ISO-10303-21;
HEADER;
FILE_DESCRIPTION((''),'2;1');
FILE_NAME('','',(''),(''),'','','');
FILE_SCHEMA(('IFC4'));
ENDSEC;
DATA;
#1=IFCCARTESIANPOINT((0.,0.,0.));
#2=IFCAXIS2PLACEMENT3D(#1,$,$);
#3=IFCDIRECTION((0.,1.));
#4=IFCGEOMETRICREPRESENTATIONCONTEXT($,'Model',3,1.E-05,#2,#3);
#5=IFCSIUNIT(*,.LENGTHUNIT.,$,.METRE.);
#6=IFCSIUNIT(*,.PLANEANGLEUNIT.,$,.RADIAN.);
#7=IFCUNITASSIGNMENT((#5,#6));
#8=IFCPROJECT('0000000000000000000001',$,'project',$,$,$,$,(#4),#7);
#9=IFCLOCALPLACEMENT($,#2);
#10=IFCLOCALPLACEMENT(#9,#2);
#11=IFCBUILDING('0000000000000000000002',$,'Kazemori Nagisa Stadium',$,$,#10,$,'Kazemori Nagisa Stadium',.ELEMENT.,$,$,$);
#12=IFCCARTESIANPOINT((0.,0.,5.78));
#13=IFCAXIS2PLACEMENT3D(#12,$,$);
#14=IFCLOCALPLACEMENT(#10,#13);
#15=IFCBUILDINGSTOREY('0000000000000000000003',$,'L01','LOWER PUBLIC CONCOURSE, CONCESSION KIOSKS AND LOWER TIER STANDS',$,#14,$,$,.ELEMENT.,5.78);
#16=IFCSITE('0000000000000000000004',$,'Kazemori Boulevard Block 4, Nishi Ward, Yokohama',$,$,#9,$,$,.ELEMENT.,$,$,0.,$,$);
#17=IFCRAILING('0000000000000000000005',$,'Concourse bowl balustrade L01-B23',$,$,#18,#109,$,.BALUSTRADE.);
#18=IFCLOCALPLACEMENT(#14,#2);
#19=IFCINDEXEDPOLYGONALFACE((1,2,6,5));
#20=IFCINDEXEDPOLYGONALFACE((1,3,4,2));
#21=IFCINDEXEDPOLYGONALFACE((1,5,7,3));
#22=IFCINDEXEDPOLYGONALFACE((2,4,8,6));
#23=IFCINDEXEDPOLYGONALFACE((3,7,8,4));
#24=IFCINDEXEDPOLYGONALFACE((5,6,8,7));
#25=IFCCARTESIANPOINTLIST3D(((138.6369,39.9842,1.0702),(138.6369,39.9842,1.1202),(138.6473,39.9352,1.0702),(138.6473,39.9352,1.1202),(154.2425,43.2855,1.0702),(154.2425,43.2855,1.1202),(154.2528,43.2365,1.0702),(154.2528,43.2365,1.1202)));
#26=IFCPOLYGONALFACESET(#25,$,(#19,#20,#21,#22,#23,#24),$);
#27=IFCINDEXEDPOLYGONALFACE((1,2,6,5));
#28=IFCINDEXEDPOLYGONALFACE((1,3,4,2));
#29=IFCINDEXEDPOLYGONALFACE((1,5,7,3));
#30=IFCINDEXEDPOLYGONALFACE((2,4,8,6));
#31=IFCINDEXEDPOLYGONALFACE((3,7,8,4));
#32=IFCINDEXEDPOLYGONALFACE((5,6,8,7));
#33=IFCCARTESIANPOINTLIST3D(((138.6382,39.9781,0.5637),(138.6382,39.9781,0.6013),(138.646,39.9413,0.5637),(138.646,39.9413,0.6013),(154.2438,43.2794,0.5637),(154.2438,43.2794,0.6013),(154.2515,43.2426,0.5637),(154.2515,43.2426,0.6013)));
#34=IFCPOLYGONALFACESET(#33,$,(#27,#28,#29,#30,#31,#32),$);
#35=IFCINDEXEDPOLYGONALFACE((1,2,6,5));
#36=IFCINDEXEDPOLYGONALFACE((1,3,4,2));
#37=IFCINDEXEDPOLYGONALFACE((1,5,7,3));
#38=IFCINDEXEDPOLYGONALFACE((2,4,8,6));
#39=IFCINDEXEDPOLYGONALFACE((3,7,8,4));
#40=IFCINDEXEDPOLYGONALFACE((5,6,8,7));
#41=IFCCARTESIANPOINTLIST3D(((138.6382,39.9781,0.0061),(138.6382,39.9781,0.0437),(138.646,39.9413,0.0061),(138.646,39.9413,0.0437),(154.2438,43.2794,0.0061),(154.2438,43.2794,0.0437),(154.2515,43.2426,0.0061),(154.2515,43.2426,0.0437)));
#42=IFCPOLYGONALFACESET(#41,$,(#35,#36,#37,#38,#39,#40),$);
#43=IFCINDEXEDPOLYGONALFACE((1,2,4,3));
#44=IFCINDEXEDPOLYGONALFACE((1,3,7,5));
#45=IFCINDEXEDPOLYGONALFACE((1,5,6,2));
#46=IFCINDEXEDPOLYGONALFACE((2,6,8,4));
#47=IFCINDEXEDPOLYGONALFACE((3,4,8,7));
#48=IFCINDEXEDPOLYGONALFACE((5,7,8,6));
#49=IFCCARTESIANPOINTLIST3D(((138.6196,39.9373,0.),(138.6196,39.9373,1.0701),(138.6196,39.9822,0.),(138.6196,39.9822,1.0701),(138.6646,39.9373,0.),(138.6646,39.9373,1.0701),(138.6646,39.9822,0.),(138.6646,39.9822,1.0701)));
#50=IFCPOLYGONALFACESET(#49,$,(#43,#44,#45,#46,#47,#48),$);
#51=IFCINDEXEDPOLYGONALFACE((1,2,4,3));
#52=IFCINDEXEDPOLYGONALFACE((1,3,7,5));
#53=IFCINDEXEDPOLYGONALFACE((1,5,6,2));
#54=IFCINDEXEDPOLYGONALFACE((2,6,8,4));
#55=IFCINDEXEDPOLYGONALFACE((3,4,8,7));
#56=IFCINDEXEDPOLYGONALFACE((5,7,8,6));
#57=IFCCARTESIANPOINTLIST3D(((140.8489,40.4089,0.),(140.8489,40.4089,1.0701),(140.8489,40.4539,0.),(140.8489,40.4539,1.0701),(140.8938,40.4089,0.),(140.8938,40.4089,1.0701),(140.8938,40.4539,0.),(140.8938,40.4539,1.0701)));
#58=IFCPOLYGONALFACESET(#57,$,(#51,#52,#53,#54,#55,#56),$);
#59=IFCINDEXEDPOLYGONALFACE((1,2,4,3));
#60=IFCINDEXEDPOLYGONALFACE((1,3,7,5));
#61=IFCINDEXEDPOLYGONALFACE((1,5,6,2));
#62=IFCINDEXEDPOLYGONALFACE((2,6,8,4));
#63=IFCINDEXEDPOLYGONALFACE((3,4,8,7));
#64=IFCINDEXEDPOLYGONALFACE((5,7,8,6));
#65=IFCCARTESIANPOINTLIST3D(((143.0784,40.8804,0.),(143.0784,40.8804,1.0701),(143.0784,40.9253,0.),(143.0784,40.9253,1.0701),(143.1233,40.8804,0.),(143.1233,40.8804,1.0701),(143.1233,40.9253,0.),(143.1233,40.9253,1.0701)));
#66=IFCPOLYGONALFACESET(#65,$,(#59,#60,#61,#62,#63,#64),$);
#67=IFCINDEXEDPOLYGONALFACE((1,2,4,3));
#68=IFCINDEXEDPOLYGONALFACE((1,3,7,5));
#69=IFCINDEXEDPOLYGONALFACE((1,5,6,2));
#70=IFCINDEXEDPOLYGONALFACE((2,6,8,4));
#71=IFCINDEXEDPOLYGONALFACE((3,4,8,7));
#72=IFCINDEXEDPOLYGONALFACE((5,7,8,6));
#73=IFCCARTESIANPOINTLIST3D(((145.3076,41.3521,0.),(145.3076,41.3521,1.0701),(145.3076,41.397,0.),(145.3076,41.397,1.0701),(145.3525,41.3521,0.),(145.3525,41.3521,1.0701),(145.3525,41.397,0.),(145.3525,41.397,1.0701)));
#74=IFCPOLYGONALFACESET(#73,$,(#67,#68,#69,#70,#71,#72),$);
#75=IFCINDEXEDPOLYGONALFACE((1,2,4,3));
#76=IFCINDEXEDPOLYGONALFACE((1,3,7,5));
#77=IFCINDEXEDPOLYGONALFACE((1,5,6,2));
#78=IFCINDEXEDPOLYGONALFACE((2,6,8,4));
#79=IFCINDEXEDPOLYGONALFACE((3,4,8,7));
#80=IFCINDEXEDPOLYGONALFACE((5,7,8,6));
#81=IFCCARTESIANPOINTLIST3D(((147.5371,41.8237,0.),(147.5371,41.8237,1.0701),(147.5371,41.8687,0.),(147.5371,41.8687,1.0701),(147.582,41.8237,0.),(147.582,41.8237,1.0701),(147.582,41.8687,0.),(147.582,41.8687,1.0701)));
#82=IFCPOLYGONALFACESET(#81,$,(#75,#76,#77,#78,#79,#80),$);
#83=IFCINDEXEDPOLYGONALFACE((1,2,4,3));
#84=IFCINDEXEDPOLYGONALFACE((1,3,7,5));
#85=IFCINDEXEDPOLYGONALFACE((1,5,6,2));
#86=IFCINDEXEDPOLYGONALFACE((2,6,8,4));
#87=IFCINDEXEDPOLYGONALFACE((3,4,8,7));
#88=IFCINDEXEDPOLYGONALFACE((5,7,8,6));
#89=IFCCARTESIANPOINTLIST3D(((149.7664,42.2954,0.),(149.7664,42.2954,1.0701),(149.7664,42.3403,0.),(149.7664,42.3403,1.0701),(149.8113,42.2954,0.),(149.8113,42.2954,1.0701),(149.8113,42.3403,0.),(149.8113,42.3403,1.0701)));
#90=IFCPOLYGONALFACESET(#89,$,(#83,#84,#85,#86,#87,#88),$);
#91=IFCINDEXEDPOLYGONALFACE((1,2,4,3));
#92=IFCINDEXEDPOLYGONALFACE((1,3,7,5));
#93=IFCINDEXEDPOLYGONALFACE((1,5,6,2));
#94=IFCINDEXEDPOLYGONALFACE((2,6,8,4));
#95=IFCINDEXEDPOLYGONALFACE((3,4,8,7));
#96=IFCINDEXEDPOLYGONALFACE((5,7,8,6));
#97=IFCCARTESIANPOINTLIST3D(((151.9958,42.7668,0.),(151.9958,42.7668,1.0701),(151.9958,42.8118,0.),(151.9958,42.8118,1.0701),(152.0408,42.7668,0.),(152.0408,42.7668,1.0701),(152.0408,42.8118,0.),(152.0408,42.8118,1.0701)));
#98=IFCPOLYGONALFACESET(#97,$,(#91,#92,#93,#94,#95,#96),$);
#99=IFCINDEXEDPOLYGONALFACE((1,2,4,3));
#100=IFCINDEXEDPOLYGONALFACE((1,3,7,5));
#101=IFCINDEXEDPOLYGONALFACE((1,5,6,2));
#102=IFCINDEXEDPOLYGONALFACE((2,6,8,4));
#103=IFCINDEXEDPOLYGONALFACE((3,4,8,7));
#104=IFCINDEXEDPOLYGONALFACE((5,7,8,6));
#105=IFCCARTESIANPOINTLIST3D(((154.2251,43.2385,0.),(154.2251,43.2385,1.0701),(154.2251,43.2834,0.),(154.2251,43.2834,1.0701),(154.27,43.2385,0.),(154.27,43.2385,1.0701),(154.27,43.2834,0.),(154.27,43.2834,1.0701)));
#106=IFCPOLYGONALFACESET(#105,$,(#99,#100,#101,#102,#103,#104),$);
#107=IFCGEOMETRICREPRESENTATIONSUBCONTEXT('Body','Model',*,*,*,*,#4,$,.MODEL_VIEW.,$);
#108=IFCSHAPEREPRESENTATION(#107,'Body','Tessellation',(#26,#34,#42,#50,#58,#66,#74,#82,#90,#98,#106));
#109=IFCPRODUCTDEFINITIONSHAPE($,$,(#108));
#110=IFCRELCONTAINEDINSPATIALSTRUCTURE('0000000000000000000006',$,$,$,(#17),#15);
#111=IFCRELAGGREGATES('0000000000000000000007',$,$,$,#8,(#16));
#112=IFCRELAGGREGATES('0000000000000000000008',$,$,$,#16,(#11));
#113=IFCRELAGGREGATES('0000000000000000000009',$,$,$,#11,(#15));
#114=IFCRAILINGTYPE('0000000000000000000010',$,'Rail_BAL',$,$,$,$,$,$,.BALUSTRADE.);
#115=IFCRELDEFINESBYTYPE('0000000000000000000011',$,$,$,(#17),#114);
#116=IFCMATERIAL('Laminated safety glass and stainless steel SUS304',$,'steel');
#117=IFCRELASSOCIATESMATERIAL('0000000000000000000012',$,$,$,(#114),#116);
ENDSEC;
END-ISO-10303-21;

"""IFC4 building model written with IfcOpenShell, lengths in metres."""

from ifc_helpers import new_model, si_unit, direction, frame, origin, origin_2d, place, context, subcontext, project, spatial, rectangle, extrude, material, type_object, element, save


model = new_model("IFC4")

# Units and contexts
model_context = context("Model", 3, precision=1e-05, world=origin(), true_north=direction((0.0, 1.0)))
body_context = subcontext(model_context, "Body", "Model", "MODEL_VIEW")
ifc_project = project(units=[si_unit("LENGTHUNIT", "METRE"), si_unit("PLANEANGLEUNIT", "RADIAN")], contexts=[model_context])

# Site, building, storey
site_placement = place(None, origin())
site = spatial("IfcSite", under=ifc_project, at=site_placement, Name="Kazemori Boulevard Block 4, Nishi Ward, Yokohama", CompositionType="ELEMENT", RefElevation=0.0)
building_placement = place(site_placement, origin())
building = spatial("IfcBuilding", under=site, at=building_placement, Name="Kazemori Nagisa Stadium", LongName="Kazemori Nagisa Stadium", CompositionType="ELEMENT")
storey_placement = place(building_placement, frame((0.0, 0.0, 5.78)))
storey = spatial("IfcBuildingStorey", under=building, at=storey_placement, Name="L01", Description="LOWER PUBLIC CONCOURSE, CONCESSION KIOSKS AND LOWER TIER STANDS", CompositionType="ELEMENT", Elevation=5.78)

# Railing
ifc_material_1 = material(Name="Laminated safety glass and stainless steel SUS304", Category="steel")
railing_type_1 = type_object("IfcRailingType", Name="Rail_BAL", PredefinedType="BALUSTRADE", material=ifc_material_1)
railing_1_placement = place(storey_placement, frame((138.6421, 39.9597, 0.0)))
element("IfcRailing", 1, at=railing_1_placement, inside=storey, type_object=railing_type_1, Name="Concourse bowl balustrade L01-B23", PredefinedType="BALUSTRADE", context=body_context, shape_type="SweptSolid", body=[
    extrude(rectangle(XDim=0.05, YDim=0.05, at=origin_2d()), frame((0.0, 0.0, 1.0952), z_axis=(0.978348, 0.206965, 0.0), x_axis=(-0.206965, 0.978348, 0.0)), (0.0, 0.0, 1.0), 15.9509),
    extrude(rectangle(XDim=0.0376, YDim=0.0376, at=origin_2d()), frame((0.0, 0.0, 0.5825), z_axis=(0.978348, 0.206965, 0.0), x_axis=(-0.206965, 0.978348, 0.0)), (0.0, 0.0, 1.0), 15.9509),
    extrude(rectangle(XDim=0.0376, YDim=0.0376, at=origin_2d()), frame((0.0, 0.0, 0.0249), z_axis=(0.978348, 0.206965, 0.0), x_axis=(-0.206965, 0.978348, 0.0)), (0.0, 0.0, 1.0), 15.9509),
    extrude(rectangle(XDim=0.0449, YDim=0.0449, at=origin_2d()), origin(), (0.0, 0.0, 1.0), 1.0701),
    extrude(rectangle(XDim=0.0449, YDim=0.0449, at=origin_2d()), frame((2.2292, 0.4717, 0.0)), (0.0, 0.0, 1.0), 1.0701),
    extrude(rectangle(XDim=0.0449, YDim=0.0449, at=origin_2d()), frame((4.4587, 0.9431, 0.0)), (0.0, 0.0, 1.0), 1.0701),
    extrude(rectangle(XDim=0.0449, YDim=0.0449, at=origin_2d()), frame((6.688, 1.4148, 0.0)), (0.0, 0.0, 1.0), 1.0701),
    extrude(rectangle(XDim=0.0449, YDim=0.0449, at=origin_2d()), frame((8.9175, 1.8865, 0.0)), (0.0, 0.0, 1.0), 1.0701),
    extrude(rectangle(XDim=0.0449, YDim=0.0449, at=origin_2d()), frame((11.1467, 2.3582, 0.0)), (0.0, 0.0, 1.0), 1.0701),
    extrude(rectangle(XDim=0.0449, YDim=0.0449, at=origin_2d()), frame((13.3762, 2.8296, 0.0)), (0.0, 0.0, 1.0), 1.0701),
    extrude(rectangle(XDim=0.0449, YDim=0.0449, at=origin_2d()), frame((15.6055, 3.3013, 0.0)), (0.0, 0.0, 1.0), 1.0701),
])

save(model, "model.ifc")
